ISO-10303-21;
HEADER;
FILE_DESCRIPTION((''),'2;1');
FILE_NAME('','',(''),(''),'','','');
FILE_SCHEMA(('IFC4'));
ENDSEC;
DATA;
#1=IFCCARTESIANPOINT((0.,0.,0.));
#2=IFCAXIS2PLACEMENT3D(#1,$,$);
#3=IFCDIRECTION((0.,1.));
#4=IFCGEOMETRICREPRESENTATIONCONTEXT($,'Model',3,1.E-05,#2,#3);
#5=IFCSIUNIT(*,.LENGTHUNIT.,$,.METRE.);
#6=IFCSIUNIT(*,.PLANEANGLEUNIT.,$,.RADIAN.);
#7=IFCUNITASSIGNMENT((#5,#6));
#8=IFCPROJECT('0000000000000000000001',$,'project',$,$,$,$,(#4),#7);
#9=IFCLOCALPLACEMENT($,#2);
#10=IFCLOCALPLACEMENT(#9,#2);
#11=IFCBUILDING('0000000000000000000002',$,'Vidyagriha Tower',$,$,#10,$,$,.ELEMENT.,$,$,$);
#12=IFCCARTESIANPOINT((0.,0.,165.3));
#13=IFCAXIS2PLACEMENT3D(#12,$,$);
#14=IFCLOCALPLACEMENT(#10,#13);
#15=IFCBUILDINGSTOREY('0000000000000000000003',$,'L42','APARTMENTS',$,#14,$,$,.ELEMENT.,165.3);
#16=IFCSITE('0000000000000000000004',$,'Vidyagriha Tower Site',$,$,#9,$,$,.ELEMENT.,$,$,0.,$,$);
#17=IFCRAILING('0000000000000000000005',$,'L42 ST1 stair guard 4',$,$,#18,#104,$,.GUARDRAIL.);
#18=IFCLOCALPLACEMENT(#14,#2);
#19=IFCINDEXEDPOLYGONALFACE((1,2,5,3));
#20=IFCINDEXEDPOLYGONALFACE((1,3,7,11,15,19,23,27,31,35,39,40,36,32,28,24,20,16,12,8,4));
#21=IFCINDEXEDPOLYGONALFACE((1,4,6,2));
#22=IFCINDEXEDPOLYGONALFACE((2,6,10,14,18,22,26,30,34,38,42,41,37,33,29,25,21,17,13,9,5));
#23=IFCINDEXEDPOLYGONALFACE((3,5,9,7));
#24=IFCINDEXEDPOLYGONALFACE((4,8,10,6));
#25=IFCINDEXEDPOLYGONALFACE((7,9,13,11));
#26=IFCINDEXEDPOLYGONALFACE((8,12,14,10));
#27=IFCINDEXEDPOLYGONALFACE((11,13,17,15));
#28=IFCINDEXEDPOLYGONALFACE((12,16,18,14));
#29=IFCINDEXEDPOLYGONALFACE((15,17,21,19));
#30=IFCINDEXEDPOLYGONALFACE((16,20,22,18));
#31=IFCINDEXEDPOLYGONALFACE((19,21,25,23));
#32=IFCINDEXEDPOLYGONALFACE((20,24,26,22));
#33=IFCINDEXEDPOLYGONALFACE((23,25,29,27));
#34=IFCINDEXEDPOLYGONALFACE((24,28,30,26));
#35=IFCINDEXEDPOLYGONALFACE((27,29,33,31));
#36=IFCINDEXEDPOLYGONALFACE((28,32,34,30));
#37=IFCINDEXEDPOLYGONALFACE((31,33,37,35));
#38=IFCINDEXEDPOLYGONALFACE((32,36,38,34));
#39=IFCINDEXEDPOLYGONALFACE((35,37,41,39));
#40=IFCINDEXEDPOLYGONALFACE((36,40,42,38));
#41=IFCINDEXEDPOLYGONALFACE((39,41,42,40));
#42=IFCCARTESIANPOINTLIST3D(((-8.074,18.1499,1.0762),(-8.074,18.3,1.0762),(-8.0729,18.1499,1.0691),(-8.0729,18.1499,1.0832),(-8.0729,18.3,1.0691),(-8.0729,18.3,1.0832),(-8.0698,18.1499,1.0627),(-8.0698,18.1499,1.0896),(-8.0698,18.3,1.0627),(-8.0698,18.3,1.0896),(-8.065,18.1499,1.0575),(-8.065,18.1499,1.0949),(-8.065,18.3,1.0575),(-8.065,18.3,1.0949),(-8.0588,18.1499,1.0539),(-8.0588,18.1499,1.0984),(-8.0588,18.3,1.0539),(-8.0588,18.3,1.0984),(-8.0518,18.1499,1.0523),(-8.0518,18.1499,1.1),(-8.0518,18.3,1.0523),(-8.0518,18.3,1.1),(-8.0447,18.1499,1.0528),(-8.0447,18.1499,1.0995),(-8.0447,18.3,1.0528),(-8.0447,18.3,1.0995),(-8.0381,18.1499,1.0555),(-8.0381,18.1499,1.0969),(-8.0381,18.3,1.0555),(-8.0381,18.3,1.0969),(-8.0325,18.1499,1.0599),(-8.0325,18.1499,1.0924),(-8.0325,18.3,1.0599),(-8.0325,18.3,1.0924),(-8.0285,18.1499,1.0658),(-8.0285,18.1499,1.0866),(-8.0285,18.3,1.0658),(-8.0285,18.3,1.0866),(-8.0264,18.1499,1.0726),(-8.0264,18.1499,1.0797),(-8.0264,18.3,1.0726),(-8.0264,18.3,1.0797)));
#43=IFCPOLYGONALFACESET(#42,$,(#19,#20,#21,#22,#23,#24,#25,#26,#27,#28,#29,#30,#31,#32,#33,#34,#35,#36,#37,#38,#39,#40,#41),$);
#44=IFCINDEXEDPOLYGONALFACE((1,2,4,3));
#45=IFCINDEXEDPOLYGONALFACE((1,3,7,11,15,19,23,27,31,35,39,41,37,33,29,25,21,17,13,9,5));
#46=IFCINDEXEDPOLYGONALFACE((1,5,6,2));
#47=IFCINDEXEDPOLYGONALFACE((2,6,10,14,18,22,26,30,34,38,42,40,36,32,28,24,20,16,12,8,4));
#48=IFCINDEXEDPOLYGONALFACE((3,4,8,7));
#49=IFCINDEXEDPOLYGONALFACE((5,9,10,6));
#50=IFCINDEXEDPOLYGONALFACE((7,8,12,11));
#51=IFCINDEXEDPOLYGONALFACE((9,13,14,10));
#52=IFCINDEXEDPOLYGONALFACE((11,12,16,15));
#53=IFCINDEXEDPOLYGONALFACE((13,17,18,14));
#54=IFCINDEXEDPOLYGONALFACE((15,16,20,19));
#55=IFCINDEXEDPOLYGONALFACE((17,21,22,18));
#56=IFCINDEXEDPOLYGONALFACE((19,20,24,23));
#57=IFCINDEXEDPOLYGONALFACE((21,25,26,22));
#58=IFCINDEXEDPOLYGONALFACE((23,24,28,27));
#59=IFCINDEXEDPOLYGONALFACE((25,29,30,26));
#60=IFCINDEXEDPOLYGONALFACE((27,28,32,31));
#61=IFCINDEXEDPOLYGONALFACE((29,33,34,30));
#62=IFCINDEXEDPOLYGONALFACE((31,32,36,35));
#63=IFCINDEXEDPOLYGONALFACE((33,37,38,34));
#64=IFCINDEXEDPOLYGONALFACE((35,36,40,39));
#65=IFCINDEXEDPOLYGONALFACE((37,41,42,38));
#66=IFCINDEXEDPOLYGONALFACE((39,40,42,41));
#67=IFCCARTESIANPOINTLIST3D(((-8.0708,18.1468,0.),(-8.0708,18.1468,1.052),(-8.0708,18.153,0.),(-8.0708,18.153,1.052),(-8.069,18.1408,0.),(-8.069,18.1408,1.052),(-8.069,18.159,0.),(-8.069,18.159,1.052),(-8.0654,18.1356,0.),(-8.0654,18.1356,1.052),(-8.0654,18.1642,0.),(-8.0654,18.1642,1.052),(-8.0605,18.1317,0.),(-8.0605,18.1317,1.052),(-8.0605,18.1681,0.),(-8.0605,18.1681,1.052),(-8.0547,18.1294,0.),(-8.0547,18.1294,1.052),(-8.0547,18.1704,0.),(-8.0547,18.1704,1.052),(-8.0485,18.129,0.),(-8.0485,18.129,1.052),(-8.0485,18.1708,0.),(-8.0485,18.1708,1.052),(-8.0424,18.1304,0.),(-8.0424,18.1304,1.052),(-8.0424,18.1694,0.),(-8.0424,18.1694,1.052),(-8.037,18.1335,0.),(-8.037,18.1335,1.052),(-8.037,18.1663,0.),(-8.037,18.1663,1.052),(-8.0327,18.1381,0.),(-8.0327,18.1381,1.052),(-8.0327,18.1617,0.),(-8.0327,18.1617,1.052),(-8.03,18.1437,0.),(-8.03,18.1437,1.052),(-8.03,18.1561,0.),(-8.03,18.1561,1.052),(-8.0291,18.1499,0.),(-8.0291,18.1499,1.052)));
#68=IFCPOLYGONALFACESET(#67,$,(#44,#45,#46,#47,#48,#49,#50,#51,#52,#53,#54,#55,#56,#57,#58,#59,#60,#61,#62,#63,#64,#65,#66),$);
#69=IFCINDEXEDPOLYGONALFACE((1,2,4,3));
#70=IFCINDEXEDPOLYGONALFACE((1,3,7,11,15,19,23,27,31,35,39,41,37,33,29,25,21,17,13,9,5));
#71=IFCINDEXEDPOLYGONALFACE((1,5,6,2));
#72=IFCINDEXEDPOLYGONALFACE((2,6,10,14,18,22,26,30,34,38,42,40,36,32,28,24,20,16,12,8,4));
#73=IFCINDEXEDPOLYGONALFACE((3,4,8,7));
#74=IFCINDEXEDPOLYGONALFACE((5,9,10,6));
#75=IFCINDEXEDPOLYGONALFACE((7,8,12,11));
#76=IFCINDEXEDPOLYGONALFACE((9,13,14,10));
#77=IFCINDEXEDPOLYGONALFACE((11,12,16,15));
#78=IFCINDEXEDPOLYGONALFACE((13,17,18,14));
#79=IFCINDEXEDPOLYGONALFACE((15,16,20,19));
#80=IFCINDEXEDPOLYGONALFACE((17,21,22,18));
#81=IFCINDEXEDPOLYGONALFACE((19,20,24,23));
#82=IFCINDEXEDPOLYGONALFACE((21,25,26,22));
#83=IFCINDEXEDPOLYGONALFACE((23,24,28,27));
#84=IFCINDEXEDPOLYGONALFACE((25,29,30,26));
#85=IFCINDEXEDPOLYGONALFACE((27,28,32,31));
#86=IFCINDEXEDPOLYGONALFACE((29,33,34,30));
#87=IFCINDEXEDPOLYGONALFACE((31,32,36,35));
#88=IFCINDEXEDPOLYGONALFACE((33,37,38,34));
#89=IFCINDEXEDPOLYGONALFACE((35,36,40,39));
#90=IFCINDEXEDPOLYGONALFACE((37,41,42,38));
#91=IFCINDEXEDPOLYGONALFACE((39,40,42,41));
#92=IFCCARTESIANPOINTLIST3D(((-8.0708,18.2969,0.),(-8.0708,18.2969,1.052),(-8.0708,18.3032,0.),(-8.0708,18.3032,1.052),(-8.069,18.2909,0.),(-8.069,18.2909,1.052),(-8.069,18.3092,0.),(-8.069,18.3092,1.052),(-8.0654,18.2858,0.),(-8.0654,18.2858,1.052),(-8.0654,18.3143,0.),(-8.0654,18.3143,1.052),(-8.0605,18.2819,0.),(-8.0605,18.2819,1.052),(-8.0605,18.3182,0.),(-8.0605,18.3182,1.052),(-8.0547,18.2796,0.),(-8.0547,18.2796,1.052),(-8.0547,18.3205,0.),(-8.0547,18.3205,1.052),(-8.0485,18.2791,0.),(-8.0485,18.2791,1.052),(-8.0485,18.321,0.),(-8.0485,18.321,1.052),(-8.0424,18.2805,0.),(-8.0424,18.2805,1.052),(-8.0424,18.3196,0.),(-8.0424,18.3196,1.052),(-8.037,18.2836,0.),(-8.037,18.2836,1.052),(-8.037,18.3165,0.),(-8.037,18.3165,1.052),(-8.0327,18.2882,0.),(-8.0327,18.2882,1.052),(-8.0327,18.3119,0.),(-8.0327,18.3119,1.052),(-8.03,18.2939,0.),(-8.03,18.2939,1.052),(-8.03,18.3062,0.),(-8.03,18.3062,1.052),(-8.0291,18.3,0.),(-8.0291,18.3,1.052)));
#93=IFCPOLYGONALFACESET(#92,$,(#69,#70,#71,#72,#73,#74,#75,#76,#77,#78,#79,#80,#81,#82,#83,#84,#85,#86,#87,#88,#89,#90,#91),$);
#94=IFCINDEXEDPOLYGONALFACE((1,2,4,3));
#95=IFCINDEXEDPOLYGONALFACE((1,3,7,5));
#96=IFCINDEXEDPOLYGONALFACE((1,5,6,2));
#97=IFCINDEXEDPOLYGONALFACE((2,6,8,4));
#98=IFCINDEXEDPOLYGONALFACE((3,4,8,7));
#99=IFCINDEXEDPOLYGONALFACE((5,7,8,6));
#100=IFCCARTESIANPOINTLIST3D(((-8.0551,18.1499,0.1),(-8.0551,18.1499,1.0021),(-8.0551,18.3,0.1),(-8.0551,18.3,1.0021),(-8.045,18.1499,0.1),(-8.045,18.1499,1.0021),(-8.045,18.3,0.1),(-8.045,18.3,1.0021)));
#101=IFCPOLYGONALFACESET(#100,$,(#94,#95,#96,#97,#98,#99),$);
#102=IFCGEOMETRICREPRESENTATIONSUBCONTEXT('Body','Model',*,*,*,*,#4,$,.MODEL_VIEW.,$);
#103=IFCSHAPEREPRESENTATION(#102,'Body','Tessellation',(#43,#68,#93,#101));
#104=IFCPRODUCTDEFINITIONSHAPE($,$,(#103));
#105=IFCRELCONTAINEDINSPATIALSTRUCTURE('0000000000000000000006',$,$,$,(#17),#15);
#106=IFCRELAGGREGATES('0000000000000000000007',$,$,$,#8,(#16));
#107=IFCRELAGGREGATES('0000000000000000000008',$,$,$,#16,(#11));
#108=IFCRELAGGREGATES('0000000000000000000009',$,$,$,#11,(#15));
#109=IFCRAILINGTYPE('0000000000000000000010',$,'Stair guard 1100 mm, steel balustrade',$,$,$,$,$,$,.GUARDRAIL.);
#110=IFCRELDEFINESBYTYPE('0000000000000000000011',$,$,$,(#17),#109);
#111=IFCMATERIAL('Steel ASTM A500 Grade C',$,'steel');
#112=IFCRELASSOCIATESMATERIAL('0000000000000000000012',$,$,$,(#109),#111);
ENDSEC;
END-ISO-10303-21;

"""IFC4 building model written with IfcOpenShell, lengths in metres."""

from ifc_helpers import new_model, si_unit, direction, frame, origin, origin_2d, place, context, subcontext, project, spatial, rectangle, circle, extrude, material, type_object, element, save


model = new_model("IFC4")

# Units and contexts
model_context = context("Model", 3, precision=1e-05, world=origin(), true_north=direction((0.0, 1.0)))
body_context = subcontext(model_context, "Body", "Model", "MODEL_VIEW")
ifc_project = project(units=[si_unit("LENGTHUNIT", "METRE"), si_unit("PLANEANGLEUNIT", "RADIAN")], contexts=[model_context])

# Site, building, storey
site_placement = place(None, origin())
site = spatial("IfcSite", under=ifc_project, at=site_placement, Name="Vidyagriha Tower Site", CompositionType="ELEMENT", RefElevation=0.0)
building_placement = place(site_placement, origin())
building = spatial("IfcBuilding", under=site, at=building_placement, Name="Vidyagriha Tower", CompositionType="ELEMENT")
storey_placement = place(building_placement, frame((0.0, 0.0, 165.3)))
storey = spatial("IfcBuildingStorey", under=building, at=storey_placement, Name="L42", Description="APARTMENTS", CompositionType="ELEMENT", Elevation=165.3)

# Railing
ifc_material_1 = material(Name="Steel ASTM A500 Grade C", Category="steel")
railing_type_1 = type_object("IfcRailingType", Name="Stair guard 1100 mm, steel balustrade", PredefinedType="GUARDRAIL", material=ifc_material_1)
railing_1_placement = place(storey_placement, frame((-8.05, 18.1499, 0.0)))
element("IfcRailing", 1, at=railing_1_placement, inside=storey, type_object=railing_type_1, Name="L42 ST1 stair guard 4", PredefinedType="GUARDRAIL", context=body_context, shape_type="SweptSolid", body=[
    extrude(circle(Radius=0.0239, at=origin_2d()), frame((0.0, 0.0, 1.0762), z_axis=(0.0, 1.0, 0.0), x_axis=(-1.0, 0.0, 0.0)), (0.0, 0.0, 1.0), 0.1501),
    extrude(circle(Radius=0.021, at=origin_2d()), origin(), (0.0, 0.0, 1.0), 1.052),
    extrude(circle(Radius=0.021, at=origin_2d()), frame((0.0, 0.1501, 0.0)), (0.0, 0.0, 1.0), 1.052),
    extrude(rectangle(XDim=0.01, YDim=0.9021, at=origin_2d()), frame((0.0, 0.0, 0.551), z_axis=(0.0, 1.0, 0.0), x_axis=(-1.0, 0.0, 0.0)), (0.0, 0.0, 1.0), 0.1501),
])

save(model, "model.ifc")
